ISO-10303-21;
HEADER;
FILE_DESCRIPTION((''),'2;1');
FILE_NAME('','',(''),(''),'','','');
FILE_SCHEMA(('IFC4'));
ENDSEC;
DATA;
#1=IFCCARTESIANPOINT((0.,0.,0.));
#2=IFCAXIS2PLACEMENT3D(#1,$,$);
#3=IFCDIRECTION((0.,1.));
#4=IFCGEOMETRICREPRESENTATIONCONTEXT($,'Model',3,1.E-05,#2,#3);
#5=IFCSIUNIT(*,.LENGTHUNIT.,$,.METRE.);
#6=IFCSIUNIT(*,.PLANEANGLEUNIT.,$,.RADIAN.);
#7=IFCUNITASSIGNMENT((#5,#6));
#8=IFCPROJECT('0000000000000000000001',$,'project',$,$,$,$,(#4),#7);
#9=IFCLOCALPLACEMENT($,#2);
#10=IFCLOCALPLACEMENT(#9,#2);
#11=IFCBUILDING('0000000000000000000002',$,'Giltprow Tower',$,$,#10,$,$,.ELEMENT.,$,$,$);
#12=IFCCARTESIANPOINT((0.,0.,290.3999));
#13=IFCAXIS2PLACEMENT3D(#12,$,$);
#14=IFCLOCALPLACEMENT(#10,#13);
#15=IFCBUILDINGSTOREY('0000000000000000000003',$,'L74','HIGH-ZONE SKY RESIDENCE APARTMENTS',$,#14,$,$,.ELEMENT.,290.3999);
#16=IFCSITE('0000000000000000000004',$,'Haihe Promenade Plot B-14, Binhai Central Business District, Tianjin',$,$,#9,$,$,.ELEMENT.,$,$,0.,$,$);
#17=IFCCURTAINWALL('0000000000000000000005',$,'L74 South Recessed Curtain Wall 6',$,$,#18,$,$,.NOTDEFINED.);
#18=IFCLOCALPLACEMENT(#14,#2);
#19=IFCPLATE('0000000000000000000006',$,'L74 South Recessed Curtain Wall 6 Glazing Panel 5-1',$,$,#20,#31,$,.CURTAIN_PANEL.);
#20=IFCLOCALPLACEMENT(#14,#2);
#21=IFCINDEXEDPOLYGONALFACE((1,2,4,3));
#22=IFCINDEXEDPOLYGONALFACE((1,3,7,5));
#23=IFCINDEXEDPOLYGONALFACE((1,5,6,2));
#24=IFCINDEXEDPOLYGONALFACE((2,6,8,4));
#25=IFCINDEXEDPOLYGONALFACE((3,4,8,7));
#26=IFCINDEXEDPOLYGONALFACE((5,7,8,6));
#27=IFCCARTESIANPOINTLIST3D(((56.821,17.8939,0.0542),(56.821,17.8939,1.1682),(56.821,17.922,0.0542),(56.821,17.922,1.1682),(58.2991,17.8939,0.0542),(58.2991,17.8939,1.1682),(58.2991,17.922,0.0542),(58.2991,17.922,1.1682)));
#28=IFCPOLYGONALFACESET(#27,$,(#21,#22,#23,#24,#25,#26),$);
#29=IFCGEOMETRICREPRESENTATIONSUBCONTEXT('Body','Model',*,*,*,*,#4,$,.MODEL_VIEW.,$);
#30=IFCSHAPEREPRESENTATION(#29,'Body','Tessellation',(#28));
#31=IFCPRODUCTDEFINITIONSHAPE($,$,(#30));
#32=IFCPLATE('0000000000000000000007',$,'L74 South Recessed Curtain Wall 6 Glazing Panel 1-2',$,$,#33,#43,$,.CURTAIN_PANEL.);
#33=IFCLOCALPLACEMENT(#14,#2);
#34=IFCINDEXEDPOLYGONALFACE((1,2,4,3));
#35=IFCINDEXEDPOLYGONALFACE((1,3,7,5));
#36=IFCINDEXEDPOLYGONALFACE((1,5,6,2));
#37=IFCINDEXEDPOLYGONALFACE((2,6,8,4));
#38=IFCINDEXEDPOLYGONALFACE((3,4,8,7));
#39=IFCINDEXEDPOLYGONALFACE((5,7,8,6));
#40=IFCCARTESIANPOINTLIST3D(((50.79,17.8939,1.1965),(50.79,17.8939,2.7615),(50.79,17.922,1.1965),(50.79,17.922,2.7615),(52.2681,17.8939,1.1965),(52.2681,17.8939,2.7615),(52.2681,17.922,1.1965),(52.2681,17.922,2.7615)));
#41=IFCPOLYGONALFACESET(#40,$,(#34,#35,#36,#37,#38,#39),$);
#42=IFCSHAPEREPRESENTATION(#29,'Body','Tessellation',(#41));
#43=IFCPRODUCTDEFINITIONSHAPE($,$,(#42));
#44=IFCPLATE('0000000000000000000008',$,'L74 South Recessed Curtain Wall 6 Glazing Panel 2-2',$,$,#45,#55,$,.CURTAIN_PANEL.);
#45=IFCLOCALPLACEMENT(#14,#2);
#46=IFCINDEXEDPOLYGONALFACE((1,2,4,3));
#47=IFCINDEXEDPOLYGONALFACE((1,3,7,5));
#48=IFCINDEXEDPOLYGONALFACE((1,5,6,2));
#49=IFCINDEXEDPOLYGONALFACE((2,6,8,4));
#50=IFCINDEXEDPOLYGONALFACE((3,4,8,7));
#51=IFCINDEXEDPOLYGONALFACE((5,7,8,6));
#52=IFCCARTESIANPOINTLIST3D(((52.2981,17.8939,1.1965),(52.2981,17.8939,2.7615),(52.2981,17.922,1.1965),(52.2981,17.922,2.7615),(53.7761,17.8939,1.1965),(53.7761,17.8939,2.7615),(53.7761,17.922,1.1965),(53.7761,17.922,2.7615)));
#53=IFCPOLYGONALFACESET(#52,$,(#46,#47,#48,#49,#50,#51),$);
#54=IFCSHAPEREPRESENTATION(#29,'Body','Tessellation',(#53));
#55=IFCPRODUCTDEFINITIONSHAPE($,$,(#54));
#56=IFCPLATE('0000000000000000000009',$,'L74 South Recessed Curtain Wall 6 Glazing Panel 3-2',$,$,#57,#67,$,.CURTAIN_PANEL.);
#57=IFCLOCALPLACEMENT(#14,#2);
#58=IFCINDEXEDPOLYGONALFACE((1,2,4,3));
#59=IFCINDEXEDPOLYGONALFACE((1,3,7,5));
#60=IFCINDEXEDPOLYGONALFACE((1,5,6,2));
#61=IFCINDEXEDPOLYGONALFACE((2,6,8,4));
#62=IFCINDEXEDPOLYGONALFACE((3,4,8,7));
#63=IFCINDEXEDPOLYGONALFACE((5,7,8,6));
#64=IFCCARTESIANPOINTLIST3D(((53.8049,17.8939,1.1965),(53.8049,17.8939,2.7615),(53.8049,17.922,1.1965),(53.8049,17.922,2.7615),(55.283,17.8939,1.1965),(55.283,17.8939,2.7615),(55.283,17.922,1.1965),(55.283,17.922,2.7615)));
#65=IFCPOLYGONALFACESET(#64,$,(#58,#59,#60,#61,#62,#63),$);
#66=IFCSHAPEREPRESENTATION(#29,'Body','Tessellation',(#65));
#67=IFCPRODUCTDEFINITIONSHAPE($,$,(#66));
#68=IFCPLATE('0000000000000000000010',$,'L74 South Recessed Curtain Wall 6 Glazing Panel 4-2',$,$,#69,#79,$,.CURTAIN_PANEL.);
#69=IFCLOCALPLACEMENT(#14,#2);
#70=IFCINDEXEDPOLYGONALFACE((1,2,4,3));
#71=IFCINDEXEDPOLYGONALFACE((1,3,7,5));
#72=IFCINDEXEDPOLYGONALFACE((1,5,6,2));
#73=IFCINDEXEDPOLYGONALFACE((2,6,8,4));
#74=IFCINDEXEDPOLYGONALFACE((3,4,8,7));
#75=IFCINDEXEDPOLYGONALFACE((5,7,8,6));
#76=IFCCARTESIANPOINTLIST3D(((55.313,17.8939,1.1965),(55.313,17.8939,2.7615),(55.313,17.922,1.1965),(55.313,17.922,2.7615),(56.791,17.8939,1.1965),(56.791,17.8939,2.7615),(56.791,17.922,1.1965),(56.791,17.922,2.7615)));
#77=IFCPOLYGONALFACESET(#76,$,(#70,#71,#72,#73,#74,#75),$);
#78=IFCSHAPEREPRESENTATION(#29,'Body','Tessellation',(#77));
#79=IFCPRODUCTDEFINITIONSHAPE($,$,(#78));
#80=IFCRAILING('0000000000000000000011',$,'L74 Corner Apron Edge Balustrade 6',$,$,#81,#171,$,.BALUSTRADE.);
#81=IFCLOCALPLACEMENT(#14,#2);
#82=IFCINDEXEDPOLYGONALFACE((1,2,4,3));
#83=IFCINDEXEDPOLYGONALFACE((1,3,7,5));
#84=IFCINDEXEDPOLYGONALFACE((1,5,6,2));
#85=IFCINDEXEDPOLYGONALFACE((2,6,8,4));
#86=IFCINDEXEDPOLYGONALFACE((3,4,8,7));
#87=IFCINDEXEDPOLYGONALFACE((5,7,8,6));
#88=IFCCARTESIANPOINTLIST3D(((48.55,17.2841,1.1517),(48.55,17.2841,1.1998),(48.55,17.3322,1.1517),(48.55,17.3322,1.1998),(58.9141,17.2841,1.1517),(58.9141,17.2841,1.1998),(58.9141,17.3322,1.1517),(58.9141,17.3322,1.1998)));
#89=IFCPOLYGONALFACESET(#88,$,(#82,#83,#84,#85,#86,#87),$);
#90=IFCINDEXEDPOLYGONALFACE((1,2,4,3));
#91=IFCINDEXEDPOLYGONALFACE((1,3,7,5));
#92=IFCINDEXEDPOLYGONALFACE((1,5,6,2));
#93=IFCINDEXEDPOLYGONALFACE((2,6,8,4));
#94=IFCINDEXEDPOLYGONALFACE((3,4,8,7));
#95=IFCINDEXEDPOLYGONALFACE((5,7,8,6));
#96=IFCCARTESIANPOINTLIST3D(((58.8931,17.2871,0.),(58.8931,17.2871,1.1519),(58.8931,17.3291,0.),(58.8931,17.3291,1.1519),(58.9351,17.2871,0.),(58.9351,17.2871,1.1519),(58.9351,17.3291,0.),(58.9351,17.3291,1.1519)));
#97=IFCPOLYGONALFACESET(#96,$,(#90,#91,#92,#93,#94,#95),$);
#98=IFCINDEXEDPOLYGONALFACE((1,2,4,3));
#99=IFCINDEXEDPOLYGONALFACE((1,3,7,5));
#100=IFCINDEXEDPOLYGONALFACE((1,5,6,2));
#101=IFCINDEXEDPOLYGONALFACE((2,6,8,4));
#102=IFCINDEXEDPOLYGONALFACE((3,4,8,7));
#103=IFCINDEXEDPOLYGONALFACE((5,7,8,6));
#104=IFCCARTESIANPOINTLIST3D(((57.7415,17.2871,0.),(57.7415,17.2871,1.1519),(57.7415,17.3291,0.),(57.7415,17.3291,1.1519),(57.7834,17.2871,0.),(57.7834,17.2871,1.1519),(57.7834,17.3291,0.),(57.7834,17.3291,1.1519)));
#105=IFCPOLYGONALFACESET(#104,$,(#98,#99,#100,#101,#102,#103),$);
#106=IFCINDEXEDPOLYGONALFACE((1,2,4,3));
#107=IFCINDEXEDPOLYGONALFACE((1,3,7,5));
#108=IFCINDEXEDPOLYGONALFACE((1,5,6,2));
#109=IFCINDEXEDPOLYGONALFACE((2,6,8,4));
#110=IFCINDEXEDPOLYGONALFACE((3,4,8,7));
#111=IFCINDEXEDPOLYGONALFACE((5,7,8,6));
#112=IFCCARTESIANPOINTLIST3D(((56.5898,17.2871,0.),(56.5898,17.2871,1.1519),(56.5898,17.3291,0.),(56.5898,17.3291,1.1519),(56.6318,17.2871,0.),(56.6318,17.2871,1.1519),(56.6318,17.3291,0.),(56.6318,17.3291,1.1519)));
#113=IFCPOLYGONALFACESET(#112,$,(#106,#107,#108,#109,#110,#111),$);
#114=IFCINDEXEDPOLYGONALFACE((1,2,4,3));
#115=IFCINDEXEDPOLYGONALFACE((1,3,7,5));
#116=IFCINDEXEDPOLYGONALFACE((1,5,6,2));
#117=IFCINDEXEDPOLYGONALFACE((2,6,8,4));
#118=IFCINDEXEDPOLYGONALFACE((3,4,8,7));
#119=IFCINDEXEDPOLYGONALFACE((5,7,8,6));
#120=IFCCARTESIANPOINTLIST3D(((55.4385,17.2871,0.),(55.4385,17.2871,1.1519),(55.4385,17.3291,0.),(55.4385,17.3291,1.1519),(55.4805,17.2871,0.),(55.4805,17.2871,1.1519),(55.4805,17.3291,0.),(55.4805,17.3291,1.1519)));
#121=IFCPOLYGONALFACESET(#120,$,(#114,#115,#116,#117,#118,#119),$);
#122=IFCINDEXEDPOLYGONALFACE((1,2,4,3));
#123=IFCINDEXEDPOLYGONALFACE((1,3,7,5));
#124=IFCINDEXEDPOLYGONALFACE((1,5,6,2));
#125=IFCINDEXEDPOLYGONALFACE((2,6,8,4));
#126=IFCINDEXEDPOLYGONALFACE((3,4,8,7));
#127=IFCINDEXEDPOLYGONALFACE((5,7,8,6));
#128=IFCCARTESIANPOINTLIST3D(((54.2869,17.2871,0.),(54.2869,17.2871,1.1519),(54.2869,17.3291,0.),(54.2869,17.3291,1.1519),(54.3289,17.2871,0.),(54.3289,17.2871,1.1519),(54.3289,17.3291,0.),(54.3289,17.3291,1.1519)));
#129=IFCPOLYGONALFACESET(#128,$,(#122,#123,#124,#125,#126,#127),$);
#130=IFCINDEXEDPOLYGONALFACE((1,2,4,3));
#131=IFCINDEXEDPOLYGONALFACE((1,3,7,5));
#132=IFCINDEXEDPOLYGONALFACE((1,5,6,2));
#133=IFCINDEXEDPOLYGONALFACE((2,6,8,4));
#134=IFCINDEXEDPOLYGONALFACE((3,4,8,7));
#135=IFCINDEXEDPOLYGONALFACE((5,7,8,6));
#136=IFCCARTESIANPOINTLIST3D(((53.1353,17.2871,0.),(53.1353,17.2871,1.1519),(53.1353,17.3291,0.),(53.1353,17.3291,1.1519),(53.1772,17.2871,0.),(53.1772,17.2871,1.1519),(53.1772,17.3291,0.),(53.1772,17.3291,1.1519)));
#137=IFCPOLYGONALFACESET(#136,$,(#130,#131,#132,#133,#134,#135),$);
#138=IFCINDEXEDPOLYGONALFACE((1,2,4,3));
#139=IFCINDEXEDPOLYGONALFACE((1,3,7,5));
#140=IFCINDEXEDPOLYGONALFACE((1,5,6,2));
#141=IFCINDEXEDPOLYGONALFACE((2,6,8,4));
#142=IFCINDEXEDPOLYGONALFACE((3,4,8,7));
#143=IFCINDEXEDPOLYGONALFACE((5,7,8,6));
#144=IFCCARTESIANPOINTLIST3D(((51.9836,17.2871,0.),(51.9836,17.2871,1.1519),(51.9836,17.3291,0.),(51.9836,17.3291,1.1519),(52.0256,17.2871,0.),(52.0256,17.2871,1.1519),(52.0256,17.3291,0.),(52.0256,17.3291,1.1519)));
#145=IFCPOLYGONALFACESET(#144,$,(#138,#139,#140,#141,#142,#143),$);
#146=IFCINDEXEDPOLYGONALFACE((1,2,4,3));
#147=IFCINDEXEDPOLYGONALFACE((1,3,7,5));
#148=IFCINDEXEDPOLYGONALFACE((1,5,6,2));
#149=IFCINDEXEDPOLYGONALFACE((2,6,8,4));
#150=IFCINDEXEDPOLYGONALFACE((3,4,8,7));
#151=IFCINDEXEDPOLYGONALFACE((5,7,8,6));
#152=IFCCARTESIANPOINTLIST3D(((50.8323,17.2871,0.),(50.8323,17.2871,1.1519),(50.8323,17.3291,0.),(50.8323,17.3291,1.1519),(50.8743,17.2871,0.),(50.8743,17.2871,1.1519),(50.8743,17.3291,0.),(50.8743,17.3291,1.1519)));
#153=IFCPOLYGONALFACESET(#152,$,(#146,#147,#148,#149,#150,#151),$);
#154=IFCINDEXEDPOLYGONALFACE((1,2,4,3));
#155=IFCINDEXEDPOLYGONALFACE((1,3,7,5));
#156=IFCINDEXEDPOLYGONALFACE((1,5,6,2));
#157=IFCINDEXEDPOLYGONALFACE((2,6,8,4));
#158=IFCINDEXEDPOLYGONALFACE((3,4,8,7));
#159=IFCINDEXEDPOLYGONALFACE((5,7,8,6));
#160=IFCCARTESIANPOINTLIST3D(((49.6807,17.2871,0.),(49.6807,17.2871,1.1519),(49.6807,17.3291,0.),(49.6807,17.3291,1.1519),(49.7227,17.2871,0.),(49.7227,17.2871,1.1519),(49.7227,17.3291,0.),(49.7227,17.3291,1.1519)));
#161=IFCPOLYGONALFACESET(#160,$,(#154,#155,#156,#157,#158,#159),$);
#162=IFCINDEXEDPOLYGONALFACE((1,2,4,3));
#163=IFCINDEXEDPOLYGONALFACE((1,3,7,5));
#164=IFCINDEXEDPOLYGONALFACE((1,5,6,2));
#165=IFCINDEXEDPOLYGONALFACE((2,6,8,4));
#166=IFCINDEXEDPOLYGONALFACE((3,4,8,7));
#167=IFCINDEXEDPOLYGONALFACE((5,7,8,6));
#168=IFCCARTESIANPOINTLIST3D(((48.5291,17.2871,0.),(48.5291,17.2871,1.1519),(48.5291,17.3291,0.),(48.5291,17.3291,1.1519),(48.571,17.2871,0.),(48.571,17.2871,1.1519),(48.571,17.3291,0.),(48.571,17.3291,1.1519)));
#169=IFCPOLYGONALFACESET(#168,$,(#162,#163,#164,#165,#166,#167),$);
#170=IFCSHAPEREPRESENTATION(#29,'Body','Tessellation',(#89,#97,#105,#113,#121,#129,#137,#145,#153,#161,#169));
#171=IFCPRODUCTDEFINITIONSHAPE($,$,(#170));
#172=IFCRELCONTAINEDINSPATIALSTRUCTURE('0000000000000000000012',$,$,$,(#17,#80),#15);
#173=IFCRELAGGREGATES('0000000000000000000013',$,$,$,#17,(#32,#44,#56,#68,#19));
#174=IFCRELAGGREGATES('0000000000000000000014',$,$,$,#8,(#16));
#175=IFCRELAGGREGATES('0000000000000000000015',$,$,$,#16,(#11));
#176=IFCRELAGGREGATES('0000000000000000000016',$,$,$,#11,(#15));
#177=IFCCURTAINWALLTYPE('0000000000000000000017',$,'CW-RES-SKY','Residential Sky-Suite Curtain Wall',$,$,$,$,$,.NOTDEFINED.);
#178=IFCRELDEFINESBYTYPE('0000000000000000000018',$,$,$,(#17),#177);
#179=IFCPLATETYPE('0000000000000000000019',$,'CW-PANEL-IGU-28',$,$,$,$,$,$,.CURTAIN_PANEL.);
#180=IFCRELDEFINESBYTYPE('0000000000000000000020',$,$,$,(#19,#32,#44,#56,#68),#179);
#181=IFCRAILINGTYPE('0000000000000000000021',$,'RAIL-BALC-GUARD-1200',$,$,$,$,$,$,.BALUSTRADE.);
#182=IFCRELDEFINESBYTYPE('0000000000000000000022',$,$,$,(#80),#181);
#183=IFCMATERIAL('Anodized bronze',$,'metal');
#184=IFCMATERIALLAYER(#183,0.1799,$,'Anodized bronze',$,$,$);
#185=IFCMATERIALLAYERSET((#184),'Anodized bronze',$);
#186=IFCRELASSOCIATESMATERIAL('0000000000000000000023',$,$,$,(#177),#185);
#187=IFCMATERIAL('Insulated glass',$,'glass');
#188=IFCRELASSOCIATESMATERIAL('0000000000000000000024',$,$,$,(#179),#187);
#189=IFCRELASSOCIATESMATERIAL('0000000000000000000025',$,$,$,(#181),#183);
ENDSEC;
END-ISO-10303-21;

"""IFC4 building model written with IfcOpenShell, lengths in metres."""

from ifc_helpers import new_model, si_unit, direction, frame, origin, origin_2d, place, context, subcontext, project, spatial, rectangle, extrude, source, transform, mapped, material, layer, layer_set, type_object, element, aggregate, save


model = new_model("IFC4")

# Units and contexts
model_context = context("Model", 3, precision=1e-05, world=origin(), true_north=direction((0.0, 1.0)))
body_context = subcontext(model_context, "Body", "Model", "MODEL_VIEW")
ifc_project = project(units=[si_unit("LENGTHUNIT", "METRE"), si_unit("PLANEANGLEUNIT", "RADIAN")], contexts=[model_context])

# Site, building, storey
site_placement = place(None, origin())
site = spatial("IfcSite", under=ifc_project, at=site_placement, Name="Haihe Promenade Plot B-14, Binhai Central Business District, Tianjin", CompositionType="ELEMENT", RefElevation=0.0)
building_placement = place(site_placement, origin())
building = spatial("IfcBuilding", under=site, at=building_placement, Name="Giltprow Tower", CompositionType="ELEMENT")
storey_placement = place(building_placement, frame((0.0, 0.0, 290.3999)))
storey = spatial("IfcBuildingStorey", under=building, at=storey_placement, Name="L74", Description="HIGH-ZONE SKY RESIDENCE APARTMENTS", CompositionType="ELEMENT", Elevation=290.3999)

# Curtain wall, plates
ifc_material_1 = material(Name="Anodized bronze", Category="metal")
ifc_layer = layer(ifc_material_1, 0.1799, Name="Anodized bronze")
ifc_layer_set = layer_set([ifc_layer], Name="Anodized bronze")
curtain_wall_type = type_object("IfcCurtainWallType", Name="CW-RES-SKY", Description="Residential Sky-Suite Curtain Wall", PredefinedType="NOTDEFINED", material=ifc_layer_set)
curtain_wall_placement = place(storey_placement, origin())
curtain_wall = element("IfcCurtainWall", 1, at=curtain_wall_placement, inside=storey, type_object=curtain_wall_type, Name="L74 South Recessed Curtain Wall 6", PredefinedType="NOTDEFINED")
ifc_material_2 = material(Name="Insulated glass", Category="glass")
plate_type = type_object("IfcPlateType", Name="CW-PANEL-IGU-28", PredefinedType="CURTAIN_PANEL", material=ifc_material_2)
shared_shape_1 = source(origin(), body_context, "Body", "SweptSolid", [
    extrude(rectangle(XDim=1.478, YDim=0.0281, at=origin_2d()), origin(), (0.0, 0.0, 1.0), 1.114),
])
plate_1_placement = place(storey_placement, frame((57.5601, 17.908, 0.0542), z_axis=(0.0, 0.0, 1.0), x_axis=(1.0, 0.0, 0.0)))
plate_1 = element("IfcPlate", 2, at=plate_1_placement, type_object=plate_type, Name="L74 South Recessed Curtain Wall 6 Glazing Panel 5-1", PredefinedType="CURTAIN_PANEL", context=body_context, shape_type="MappedRepresentation", body=[
    mapped(shared_shape_1, transform((0.0, 0.0, 0.0), x_axis=(1.0, 0.0, 0.0), y_axis=(0.0, 1.0, 0.0), z_axis=(0.0, 0.0, 1.0), scale=1.0)),
])
shared_shape_2 = source(origin(), body_context, "Body", "SweptSolid", [
    extrude(rectangle(XDim=1.478, YDim=0.0281, at=origin_2d()), origin(), (0.0, 0.0, 1.0), 1.5649),
])
plate_2_placement = place(storey_placement, frame((51.5291, 17.908, 1.1965), z_axis=(0.0, 0.0, 1.0), x_axis=(1.0, 0.0, 0.0)))
plate_2 = element("IfcPlate", 3, at=plate_2_placement, type_object=plate_type, Name="L74 South Recessed Curtain Wall 6 Glazing Panel 1-2", PredefinedType="CURTAIN_PANEL", context=body_context, shape_type="MappedRepresentation", body=[
    mapped(shared_shape_2, transform((0.0, 0.0, 0.0), x_axis=(1.0, 0.0, 0.0), y_axis=(0.0, 1.0, 0.0), z_axis=(0.0, 0.0, 1.0), scale=1.0)),
])
plate_3_placement = place(storey_placement, frame((53.0371, 17.908, 1.1965), z_axis=(0.0, 0.0, 1.0), x_axis=(1.0, 0.0, 0.0)))
plate_3 = element("IfcPlate", 4, at=plate_3_placement, type_object=plate_type, Name="L74 South Recessed Curtain Wall 6 Glazing Panel 2-2", PredefinedType="CURTAIN_PANEL", context=body_context, shape_type="MappedRepresentation", body=[
    mapped(shared_shape_2, transform((0.0, 0.0, 0.0), x_axis=(1.0, 0.0, 0.0), y_axis=(0.0, 1.0, 0.0), z_axis=(0.0, 0.0, 1.0), scale=1.0)),
])
plate_4_placement = place(storey_placement, frame((54.5439, 17.908, 1.1965), z_axis=(0.0, 0.0, 1.0), x_axis=(1.0, 0.0, 0.0)))
plate_4 = element("IfcPlate", 5, at=plate_4_placement, type_object=plate_type, Name="L74 South Recessed Curtain Wall 6 Glazing Panel 3-2", PredefinedType="CURTAIN_PANEL", context=body_context, shape_type="MappedRepresentation", body=[
    mapped(shared_shape_2, transform((0.0, 0.0, 0.0), x_axis=(1.0, 0.0, 0.0), y_axis=(0.0, 1.0, 0.0), z_axis=(0.0, 0.0, 1.0), scale=1.0)),
])
plate_5_placement = place(storey_placement, frame((56.052, 17.908, 1.1965), z_axis=(0.0, 0.0, 1.0), x_axis=(1.0, 0.0, 0.0)))
plate_5 = element("IfcPlate", 6, at=plate_5_placement, type_object=plate_type, Name="L74 South Recessed Curtain Wall 6 Glazing Panel 4-2", PredefinedType="CURTAIN_PANEL", context=body_context, shape_type="MappedRepresentation", body=[
    mapped(shared_shape_2, transform((0.0, 0.0, 0.0), x_axis=(1.0, 0.0, 0.0), y_axis=(0.0, 1.0, 0.0), z_axis=(0.0, 0.0, 1.0), scale=1.0)),
])
aggregate(curtain_wall, [plate_2, plate_3, plate_4, plate_5, plate_1])

# Railing
railing_type = type_object("IfcRailingType", Name="RAIL-BALC-GUARD-1200", PredefinedType="BALUSTRADE", material=ifc_material_1)
railing_placement = place(storey_placement, frame((58.9141, 17.3081, 0.0)))
element("IfcRailing", 7, at=railing_placement, inside=storey, type_object=railing_type, Name="L74 Corner Apron Edge Balustrade 6", PredefinedType="BALUSTRADE", context=body_context, shape_type="SweptSolid", body=[
    extrude(rectangle(XDim=0.0481, YDim=0.0481, at=origin_2d()), frame((0.0, 0.0, 1.1758), z_axis=(-1.0, 0.0, 0.0), x_axis=(0.0, -1.0, 0.0)), (0.0, 0.0, 1.0), 10.364),
    extrude(rectangle(XDim=0.042, YDim=0.042, at=origin_2d()), origin(), (0.0, 0.0, 1.0), 1.1519),
    extrude(rectangle(XDim=0.042, YDim=0.042, at=origin_2d()), frame((-1.1516, 0.0, 0.0)), (0.0, 0.0, 1.0), 1.1519),
    extrude(rectangle(XDim=0.042, YDim=0.042, at=origin_2d()), frame((-2.3032, 0.0, 0.0)), (0.0, 0.0, 1.0), 1.1519),
    extrude(rectangle(XDim=0.042, YDim=0.042, at=origin_2d()), frame((-3.4546, 0.0, 0.0)), (0.0, 0.0, 1.0), 1.1519),
    extrude(rectangle(XDim=0.042, YDim=0.042, at=origin_2d()), frame((-4.6062, 0.0, 0.0)), (0.0, 0.0, 1.0), 1.1519),
    extrude(rectangle(XDim=0.042, YDim=0.042, at=origin_2d()), frame((-5.7578, 0.0, 0.0)), (0.0, 0.0, 1.0), 1.1519),
    extrude(rectangle(XDim=0.042, YDim=0.042, at=origin_2d()), frame((-6.9094, 0.0, 0.0)), (0.0, 0.0, 1.0), 1.1519),
    extrude(rectangle(XDim=0.042, YDim=0.042, at=origin_2d()), frame((-8.0608, 0.0, 0.0)), (0.0, 0.0, 1.0), 1.1519),
    extrude(rectangle(XDim=0.042, YDim=0.042, at=origin_2d()), frame((-9.2124, 0.0, 0.0)), (0.0, 0.0, 1.0), 1.1519),
    extrude(rectangle(XDim=0.042, YDim=0.042, at=origin_2d()), frame((-10.364, 0.0, 0.0)), (0.0, 0.0, 1.0), 1.1519),
])

save(model, "model.ifc")
